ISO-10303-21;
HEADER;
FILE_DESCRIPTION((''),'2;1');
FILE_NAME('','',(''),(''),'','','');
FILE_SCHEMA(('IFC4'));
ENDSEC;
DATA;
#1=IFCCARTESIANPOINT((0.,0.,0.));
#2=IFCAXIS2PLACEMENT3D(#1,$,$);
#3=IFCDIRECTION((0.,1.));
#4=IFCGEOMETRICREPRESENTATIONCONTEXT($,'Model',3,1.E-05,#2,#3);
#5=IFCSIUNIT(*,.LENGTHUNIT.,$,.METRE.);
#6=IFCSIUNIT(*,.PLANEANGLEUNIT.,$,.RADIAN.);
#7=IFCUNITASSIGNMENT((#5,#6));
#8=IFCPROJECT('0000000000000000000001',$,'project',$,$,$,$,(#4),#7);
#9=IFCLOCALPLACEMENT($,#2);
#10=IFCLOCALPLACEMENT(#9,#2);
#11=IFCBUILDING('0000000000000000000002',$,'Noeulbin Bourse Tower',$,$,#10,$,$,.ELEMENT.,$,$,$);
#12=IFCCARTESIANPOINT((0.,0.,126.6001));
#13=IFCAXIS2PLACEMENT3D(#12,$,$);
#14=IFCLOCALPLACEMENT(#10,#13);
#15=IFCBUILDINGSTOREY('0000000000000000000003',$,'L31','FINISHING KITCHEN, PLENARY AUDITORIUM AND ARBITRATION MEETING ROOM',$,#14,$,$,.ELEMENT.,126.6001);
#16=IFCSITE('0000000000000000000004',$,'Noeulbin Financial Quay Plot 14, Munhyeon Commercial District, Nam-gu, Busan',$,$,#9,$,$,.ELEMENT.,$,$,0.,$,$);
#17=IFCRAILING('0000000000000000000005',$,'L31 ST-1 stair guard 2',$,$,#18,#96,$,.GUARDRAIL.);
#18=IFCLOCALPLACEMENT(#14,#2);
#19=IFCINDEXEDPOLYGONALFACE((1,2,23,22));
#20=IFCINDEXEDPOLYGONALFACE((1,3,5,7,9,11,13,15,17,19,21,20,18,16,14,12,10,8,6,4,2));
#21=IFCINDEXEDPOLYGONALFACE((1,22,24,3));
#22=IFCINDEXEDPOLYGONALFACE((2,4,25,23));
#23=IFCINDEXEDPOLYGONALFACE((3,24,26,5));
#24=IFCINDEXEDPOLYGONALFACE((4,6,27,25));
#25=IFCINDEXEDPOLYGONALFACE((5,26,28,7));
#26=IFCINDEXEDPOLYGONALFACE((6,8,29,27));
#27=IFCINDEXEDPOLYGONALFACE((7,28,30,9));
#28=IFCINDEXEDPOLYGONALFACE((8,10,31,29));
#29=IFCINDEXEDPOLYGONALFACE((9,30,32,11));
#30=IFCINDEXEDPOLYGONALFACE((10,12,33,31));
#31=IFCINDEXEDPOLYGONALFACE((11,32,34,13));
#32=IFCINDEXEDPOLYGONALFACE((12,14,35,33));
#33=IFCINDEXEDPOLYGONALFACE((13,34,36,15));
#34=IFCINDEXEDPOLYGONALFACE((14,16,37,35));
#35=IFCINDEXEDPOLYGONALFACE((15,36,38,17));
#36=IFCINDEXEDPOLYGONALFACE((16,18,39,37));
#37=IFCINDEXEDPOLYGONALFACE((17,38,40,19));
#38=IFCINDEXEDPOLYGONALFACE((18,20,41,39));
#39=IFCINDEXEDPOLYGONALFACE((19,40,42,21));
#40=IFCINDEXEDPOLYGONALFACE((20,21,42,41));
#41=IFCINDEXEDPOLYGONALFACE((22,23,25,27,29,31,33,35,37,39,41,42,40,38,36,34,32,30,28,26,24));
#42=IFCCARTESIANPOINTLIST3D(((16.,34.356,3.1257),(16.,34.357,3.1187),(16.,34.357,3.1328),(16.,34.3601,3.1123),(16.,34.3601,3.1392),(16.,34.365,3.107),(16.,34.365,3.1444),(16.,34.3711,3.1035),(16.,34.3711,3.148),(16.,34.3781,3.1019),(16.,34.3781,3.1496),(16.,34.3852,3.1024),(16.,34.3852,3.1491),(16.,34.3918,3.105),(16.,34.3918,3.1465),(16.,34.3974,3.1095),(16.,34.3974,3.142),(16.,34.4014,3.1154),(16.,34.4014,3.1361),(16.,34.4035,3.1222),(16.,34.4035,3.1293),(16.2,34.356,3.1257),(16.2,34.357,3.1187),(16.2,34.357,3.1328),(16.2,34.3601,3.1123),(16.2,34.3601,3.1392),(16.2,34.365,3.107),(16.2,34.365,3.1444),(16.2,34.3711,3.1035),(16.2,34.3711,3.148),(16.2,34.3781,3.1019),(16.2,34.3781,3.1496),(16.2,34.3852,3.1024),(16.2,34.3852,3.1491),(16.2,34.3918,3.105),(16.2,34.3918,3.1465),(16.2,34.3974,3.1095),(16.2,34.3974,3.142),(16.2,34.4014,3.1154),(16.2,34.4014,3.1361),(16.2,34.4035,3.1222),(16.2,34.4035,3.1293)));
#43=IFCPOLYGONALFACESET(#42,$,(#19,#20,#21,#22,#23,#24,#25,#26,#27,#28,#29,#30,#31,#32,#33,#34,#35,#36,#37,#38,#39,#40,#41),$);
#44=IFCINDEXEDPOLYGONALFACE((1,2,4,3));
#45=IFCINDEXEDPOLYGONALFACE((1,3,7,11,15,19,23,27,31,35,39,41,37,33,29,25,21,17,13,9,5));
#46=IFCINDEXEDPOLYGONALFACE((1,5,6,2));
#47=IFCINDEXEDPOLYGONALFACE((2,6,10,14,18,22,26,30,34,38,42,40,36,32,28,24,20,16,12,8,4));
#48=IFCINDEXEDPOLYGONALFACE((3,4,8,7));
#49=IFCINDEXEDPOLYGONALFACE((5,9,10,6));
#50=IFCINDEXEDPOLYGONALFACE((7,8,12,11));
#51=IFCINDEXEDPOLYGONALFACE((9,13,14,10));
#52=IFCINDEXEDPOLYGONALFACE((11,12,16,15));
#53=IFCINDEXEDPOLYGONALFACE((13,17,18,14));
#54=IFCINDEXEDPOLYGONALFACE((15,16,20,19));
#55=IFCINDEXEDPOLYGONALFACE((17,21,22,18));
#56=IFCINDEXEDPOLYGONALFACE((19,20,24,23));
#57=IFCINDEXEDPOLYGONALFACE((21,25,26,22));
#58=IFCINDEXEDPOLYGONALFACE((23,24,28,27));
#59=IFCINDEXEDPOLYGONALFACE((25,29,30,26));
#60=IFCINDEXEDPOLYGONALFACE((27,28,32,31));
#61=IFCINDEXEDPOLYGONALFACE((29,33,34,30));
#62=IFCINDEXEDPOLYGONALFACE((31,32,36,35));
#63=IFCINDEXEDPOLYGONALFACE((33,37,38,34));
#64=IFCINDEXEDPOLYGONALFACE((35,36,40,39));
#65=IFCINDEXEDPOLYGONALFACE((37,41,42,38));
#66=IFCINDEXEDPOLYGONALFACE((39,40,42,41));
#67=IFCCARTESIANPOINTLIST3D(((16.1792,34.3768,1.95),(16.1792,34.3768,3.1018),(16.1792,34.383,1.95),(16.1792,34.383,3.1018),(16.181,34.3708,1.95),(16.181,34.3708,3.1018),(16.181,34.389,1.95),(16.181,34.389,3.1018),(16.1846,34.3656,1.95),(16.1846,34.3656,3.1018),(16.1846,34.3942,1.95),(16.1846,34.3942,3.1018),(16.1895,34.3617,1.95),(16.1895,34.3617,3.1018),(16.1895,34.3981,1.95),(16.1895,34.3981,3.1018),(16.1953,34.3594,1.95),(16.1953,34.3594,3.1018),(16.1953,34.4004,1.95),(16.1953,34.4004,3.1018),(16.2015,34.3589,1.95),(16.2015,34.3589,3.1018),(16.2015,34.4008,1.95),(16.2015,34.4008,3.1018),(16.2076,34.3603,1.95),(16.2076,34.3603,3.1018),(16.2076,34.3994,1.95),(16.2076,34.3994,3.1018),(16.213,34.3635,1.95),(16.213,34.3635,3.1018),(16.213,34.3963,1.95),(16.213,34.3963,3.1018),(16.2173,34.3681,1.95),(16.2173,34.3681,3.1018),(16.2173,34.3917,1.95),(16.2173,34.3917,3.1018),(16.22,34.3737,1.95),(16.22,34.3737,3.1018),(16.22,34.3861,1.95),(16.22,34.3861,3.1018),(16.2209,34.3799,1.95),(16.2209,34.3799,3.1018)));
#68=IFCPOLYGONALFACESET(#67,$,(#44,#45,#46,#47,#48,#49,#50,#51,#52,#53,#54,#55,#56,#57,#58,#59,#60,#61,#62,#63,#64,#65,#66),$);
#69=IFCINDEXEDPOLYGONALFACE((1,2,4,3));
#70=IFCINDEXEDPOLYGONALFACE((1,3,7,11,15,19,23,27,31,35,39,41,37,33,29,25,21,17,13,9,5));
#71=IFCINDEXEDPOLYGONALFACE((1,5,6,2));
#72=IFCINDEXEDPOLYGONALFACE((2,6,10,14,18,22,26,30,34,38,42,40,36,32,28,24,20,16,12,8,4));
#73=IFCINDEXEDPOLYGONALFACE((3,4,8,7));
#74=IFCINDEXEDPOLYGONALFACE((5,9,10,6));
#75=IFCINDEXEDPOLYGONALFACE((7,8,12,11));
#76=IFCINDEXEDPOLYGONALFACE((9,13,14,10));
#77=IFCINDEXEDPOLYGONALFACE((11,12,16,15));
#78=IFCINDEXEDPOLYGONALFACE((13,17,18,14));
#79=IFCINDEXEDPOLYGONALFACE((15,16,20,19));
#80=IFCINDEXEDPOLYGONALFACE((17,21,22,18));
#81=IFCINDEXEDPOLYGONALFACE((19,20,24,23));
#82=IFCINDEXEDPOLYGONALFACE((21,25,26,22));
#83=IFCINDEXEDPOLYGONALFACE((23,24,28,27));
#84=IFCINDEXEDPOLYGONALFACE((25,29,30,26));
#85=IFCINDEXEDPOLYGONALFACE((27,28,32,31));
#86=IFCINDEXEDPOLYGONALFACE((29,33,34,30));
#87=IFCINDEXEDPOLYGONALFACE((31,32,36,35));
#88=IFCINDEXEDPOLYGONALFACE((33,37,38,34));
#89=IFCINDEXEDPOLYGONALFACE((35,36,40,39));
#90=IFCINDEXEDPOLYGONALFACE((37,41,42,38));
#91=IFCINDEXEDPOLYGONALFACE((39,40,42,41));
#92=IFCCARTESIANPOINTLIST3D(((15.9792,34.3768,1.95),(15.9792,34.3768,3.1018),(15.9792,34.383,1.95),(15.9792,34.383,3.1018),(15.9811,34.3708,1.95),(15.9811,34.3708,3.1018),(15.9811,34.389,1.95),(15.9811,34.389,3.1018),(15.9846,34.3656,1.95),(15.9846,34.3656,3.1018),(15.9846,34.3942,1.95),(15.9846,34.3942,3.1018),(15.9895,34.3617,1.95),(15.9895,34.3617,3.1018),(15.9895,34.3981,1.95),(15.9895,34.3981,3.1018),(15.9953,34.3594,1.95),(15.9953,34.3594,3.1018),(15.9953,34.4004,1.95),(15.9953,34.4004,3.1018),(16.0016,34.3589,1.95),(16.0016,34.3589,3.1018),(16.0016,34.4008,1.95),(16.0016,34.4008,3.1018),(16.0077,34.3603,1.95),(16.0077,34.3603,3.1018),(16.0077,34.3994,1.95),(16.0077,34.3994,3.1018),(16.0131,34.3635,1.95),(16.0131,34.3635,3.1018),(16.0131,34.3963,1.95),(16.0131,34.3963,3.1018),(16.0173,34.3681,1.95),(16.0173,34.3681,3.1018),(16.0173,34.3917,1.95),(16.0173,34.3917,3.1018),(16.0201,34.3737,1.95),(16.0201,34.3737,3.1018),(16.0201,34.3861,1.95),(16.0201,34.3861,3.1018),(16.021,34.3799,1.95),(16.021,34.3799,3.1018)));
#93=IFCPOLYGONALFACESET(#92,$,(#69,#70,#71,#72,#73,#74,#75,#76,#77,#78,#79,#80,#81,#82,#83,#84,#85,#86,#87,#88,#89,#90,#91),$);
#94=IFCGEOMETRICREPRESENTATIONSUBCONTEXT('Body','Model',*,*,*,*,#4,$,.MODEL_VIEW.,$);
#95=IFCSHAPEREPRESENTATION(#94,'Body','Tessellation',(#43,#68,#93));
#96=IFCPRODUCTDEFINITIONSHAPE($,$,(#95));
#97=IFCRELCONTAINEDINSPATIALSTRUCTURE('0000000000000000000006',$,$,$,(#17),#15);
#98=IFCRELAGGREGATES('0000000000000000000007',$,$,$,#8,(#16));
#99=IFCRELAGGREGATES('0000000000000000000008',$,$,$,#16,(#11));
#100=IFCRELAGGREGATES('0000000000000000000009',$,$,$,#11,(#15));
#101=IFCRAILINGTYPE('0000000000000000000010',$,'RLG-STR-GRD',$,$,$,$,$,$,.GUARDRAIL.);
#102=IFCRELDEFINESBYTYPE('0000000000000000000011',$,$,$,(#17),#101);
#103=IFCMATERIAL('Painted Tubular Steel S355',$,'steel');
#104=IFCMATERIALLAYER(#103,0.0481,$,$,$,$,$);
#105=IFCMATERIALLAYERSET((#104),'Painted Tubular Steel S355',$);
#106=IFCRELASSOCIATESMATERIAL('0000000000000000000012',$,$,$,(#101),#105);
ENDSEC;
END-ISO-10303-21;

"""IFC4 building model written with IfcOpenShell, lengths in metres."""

from ifc_helpers import new_model, si_unit, direction, frame, origin, origin_2d, place, context, subcontext, project, spatial, circle, extrude, material, layer, layer_set, type_object, element, save


model = new_model("IFC4")

# Units and contexts
model_context = context("Model", 3, precision=1e-05, world=origin(), true_north=direction((0.0, 1.0)))
body_context = subcontext(model_context, "Body", "Model", "MODEL_VIEW")
ifc_project = project(units=[si_unit("LENGTHUNIT", "METRE"), si_unit("PLANEANGLEUNIT", "RADIAN")], contexts=[model_context])

# Site, building, storey
site_placement = place(None, origin())
site = spatial("IfcSite", under=ifc_project, at=site_placement, Name="Noeulbin Financial Quay Plot 14, Munhyeon Commercial District, Nam-gu, Busan", CompositionType="ELEMENT", RefElevation=0.0)
building_placement = place(site_placement, origin())
building = spatial("IfcBuilding", under=site, at=building_placement, Name="Noeulbin Bourse Tower", CompositionType="ELEMENT")
storey_placement = place(building_placement, frame((0.0, 0.0, 126.6001)))
storey = spatial("IfcBuildingStorey", under=building, at=storey_placement, Name="L31", Description="FINISHING KITCHEN, PLENARY AUDITORIUM AND ARBITRATION MEETING ROOM", CompositionType="ELEMENT", Elevation=126.6001)

# Railing
ifc_material_1 = material(Name="Painted Tubular Steel S355", Category="steel")
ifc_layer_1 = layer(ifc_material_1, 0.0481)
ifc_layer_set_1 = layer_set([ifc_layer_1], Name="Painted Tubular Steel S355")
railing_type_1 = type_object("IfcRailingType", Name="RLG-STR-GRD", PredefinedType="GUARDRAIL", material=ifc_layer_set_1)
railing_1_placement = place(storey_placement, frame((16.2, 34.3799, 1.95)))
element("IfcRailing", 1, at=railing_1_placement, inside=storey, type_object=railing_type_1, Name="L31 ST-1 stair guard 2", PredefinedType="GUARDRAIL", context=body_context, shape_type="SweptSolid", body=[
    extrude(circle(Radius=0.0239, at=origin_2d()), frame((0.0, 0.0, 1.1758), z_axis=(-1.0, 0.0, 0.0), x_axis=(0.0, -1.0, 0.0)), (0.0, 0.0, 1.0), 0.2),
    extrude(circle(Radius=0.021, at=origin_2d()), origin(), (0.0, 0.0, 1.0), 1.1519),
    extrude(circle(Radius=0.021, at=origin_2d()), frame((-0.2, 0.0, 0.0)), (0.0, 0.0, 1.0), 1.1519),
])

save(model, "model.ifc")
